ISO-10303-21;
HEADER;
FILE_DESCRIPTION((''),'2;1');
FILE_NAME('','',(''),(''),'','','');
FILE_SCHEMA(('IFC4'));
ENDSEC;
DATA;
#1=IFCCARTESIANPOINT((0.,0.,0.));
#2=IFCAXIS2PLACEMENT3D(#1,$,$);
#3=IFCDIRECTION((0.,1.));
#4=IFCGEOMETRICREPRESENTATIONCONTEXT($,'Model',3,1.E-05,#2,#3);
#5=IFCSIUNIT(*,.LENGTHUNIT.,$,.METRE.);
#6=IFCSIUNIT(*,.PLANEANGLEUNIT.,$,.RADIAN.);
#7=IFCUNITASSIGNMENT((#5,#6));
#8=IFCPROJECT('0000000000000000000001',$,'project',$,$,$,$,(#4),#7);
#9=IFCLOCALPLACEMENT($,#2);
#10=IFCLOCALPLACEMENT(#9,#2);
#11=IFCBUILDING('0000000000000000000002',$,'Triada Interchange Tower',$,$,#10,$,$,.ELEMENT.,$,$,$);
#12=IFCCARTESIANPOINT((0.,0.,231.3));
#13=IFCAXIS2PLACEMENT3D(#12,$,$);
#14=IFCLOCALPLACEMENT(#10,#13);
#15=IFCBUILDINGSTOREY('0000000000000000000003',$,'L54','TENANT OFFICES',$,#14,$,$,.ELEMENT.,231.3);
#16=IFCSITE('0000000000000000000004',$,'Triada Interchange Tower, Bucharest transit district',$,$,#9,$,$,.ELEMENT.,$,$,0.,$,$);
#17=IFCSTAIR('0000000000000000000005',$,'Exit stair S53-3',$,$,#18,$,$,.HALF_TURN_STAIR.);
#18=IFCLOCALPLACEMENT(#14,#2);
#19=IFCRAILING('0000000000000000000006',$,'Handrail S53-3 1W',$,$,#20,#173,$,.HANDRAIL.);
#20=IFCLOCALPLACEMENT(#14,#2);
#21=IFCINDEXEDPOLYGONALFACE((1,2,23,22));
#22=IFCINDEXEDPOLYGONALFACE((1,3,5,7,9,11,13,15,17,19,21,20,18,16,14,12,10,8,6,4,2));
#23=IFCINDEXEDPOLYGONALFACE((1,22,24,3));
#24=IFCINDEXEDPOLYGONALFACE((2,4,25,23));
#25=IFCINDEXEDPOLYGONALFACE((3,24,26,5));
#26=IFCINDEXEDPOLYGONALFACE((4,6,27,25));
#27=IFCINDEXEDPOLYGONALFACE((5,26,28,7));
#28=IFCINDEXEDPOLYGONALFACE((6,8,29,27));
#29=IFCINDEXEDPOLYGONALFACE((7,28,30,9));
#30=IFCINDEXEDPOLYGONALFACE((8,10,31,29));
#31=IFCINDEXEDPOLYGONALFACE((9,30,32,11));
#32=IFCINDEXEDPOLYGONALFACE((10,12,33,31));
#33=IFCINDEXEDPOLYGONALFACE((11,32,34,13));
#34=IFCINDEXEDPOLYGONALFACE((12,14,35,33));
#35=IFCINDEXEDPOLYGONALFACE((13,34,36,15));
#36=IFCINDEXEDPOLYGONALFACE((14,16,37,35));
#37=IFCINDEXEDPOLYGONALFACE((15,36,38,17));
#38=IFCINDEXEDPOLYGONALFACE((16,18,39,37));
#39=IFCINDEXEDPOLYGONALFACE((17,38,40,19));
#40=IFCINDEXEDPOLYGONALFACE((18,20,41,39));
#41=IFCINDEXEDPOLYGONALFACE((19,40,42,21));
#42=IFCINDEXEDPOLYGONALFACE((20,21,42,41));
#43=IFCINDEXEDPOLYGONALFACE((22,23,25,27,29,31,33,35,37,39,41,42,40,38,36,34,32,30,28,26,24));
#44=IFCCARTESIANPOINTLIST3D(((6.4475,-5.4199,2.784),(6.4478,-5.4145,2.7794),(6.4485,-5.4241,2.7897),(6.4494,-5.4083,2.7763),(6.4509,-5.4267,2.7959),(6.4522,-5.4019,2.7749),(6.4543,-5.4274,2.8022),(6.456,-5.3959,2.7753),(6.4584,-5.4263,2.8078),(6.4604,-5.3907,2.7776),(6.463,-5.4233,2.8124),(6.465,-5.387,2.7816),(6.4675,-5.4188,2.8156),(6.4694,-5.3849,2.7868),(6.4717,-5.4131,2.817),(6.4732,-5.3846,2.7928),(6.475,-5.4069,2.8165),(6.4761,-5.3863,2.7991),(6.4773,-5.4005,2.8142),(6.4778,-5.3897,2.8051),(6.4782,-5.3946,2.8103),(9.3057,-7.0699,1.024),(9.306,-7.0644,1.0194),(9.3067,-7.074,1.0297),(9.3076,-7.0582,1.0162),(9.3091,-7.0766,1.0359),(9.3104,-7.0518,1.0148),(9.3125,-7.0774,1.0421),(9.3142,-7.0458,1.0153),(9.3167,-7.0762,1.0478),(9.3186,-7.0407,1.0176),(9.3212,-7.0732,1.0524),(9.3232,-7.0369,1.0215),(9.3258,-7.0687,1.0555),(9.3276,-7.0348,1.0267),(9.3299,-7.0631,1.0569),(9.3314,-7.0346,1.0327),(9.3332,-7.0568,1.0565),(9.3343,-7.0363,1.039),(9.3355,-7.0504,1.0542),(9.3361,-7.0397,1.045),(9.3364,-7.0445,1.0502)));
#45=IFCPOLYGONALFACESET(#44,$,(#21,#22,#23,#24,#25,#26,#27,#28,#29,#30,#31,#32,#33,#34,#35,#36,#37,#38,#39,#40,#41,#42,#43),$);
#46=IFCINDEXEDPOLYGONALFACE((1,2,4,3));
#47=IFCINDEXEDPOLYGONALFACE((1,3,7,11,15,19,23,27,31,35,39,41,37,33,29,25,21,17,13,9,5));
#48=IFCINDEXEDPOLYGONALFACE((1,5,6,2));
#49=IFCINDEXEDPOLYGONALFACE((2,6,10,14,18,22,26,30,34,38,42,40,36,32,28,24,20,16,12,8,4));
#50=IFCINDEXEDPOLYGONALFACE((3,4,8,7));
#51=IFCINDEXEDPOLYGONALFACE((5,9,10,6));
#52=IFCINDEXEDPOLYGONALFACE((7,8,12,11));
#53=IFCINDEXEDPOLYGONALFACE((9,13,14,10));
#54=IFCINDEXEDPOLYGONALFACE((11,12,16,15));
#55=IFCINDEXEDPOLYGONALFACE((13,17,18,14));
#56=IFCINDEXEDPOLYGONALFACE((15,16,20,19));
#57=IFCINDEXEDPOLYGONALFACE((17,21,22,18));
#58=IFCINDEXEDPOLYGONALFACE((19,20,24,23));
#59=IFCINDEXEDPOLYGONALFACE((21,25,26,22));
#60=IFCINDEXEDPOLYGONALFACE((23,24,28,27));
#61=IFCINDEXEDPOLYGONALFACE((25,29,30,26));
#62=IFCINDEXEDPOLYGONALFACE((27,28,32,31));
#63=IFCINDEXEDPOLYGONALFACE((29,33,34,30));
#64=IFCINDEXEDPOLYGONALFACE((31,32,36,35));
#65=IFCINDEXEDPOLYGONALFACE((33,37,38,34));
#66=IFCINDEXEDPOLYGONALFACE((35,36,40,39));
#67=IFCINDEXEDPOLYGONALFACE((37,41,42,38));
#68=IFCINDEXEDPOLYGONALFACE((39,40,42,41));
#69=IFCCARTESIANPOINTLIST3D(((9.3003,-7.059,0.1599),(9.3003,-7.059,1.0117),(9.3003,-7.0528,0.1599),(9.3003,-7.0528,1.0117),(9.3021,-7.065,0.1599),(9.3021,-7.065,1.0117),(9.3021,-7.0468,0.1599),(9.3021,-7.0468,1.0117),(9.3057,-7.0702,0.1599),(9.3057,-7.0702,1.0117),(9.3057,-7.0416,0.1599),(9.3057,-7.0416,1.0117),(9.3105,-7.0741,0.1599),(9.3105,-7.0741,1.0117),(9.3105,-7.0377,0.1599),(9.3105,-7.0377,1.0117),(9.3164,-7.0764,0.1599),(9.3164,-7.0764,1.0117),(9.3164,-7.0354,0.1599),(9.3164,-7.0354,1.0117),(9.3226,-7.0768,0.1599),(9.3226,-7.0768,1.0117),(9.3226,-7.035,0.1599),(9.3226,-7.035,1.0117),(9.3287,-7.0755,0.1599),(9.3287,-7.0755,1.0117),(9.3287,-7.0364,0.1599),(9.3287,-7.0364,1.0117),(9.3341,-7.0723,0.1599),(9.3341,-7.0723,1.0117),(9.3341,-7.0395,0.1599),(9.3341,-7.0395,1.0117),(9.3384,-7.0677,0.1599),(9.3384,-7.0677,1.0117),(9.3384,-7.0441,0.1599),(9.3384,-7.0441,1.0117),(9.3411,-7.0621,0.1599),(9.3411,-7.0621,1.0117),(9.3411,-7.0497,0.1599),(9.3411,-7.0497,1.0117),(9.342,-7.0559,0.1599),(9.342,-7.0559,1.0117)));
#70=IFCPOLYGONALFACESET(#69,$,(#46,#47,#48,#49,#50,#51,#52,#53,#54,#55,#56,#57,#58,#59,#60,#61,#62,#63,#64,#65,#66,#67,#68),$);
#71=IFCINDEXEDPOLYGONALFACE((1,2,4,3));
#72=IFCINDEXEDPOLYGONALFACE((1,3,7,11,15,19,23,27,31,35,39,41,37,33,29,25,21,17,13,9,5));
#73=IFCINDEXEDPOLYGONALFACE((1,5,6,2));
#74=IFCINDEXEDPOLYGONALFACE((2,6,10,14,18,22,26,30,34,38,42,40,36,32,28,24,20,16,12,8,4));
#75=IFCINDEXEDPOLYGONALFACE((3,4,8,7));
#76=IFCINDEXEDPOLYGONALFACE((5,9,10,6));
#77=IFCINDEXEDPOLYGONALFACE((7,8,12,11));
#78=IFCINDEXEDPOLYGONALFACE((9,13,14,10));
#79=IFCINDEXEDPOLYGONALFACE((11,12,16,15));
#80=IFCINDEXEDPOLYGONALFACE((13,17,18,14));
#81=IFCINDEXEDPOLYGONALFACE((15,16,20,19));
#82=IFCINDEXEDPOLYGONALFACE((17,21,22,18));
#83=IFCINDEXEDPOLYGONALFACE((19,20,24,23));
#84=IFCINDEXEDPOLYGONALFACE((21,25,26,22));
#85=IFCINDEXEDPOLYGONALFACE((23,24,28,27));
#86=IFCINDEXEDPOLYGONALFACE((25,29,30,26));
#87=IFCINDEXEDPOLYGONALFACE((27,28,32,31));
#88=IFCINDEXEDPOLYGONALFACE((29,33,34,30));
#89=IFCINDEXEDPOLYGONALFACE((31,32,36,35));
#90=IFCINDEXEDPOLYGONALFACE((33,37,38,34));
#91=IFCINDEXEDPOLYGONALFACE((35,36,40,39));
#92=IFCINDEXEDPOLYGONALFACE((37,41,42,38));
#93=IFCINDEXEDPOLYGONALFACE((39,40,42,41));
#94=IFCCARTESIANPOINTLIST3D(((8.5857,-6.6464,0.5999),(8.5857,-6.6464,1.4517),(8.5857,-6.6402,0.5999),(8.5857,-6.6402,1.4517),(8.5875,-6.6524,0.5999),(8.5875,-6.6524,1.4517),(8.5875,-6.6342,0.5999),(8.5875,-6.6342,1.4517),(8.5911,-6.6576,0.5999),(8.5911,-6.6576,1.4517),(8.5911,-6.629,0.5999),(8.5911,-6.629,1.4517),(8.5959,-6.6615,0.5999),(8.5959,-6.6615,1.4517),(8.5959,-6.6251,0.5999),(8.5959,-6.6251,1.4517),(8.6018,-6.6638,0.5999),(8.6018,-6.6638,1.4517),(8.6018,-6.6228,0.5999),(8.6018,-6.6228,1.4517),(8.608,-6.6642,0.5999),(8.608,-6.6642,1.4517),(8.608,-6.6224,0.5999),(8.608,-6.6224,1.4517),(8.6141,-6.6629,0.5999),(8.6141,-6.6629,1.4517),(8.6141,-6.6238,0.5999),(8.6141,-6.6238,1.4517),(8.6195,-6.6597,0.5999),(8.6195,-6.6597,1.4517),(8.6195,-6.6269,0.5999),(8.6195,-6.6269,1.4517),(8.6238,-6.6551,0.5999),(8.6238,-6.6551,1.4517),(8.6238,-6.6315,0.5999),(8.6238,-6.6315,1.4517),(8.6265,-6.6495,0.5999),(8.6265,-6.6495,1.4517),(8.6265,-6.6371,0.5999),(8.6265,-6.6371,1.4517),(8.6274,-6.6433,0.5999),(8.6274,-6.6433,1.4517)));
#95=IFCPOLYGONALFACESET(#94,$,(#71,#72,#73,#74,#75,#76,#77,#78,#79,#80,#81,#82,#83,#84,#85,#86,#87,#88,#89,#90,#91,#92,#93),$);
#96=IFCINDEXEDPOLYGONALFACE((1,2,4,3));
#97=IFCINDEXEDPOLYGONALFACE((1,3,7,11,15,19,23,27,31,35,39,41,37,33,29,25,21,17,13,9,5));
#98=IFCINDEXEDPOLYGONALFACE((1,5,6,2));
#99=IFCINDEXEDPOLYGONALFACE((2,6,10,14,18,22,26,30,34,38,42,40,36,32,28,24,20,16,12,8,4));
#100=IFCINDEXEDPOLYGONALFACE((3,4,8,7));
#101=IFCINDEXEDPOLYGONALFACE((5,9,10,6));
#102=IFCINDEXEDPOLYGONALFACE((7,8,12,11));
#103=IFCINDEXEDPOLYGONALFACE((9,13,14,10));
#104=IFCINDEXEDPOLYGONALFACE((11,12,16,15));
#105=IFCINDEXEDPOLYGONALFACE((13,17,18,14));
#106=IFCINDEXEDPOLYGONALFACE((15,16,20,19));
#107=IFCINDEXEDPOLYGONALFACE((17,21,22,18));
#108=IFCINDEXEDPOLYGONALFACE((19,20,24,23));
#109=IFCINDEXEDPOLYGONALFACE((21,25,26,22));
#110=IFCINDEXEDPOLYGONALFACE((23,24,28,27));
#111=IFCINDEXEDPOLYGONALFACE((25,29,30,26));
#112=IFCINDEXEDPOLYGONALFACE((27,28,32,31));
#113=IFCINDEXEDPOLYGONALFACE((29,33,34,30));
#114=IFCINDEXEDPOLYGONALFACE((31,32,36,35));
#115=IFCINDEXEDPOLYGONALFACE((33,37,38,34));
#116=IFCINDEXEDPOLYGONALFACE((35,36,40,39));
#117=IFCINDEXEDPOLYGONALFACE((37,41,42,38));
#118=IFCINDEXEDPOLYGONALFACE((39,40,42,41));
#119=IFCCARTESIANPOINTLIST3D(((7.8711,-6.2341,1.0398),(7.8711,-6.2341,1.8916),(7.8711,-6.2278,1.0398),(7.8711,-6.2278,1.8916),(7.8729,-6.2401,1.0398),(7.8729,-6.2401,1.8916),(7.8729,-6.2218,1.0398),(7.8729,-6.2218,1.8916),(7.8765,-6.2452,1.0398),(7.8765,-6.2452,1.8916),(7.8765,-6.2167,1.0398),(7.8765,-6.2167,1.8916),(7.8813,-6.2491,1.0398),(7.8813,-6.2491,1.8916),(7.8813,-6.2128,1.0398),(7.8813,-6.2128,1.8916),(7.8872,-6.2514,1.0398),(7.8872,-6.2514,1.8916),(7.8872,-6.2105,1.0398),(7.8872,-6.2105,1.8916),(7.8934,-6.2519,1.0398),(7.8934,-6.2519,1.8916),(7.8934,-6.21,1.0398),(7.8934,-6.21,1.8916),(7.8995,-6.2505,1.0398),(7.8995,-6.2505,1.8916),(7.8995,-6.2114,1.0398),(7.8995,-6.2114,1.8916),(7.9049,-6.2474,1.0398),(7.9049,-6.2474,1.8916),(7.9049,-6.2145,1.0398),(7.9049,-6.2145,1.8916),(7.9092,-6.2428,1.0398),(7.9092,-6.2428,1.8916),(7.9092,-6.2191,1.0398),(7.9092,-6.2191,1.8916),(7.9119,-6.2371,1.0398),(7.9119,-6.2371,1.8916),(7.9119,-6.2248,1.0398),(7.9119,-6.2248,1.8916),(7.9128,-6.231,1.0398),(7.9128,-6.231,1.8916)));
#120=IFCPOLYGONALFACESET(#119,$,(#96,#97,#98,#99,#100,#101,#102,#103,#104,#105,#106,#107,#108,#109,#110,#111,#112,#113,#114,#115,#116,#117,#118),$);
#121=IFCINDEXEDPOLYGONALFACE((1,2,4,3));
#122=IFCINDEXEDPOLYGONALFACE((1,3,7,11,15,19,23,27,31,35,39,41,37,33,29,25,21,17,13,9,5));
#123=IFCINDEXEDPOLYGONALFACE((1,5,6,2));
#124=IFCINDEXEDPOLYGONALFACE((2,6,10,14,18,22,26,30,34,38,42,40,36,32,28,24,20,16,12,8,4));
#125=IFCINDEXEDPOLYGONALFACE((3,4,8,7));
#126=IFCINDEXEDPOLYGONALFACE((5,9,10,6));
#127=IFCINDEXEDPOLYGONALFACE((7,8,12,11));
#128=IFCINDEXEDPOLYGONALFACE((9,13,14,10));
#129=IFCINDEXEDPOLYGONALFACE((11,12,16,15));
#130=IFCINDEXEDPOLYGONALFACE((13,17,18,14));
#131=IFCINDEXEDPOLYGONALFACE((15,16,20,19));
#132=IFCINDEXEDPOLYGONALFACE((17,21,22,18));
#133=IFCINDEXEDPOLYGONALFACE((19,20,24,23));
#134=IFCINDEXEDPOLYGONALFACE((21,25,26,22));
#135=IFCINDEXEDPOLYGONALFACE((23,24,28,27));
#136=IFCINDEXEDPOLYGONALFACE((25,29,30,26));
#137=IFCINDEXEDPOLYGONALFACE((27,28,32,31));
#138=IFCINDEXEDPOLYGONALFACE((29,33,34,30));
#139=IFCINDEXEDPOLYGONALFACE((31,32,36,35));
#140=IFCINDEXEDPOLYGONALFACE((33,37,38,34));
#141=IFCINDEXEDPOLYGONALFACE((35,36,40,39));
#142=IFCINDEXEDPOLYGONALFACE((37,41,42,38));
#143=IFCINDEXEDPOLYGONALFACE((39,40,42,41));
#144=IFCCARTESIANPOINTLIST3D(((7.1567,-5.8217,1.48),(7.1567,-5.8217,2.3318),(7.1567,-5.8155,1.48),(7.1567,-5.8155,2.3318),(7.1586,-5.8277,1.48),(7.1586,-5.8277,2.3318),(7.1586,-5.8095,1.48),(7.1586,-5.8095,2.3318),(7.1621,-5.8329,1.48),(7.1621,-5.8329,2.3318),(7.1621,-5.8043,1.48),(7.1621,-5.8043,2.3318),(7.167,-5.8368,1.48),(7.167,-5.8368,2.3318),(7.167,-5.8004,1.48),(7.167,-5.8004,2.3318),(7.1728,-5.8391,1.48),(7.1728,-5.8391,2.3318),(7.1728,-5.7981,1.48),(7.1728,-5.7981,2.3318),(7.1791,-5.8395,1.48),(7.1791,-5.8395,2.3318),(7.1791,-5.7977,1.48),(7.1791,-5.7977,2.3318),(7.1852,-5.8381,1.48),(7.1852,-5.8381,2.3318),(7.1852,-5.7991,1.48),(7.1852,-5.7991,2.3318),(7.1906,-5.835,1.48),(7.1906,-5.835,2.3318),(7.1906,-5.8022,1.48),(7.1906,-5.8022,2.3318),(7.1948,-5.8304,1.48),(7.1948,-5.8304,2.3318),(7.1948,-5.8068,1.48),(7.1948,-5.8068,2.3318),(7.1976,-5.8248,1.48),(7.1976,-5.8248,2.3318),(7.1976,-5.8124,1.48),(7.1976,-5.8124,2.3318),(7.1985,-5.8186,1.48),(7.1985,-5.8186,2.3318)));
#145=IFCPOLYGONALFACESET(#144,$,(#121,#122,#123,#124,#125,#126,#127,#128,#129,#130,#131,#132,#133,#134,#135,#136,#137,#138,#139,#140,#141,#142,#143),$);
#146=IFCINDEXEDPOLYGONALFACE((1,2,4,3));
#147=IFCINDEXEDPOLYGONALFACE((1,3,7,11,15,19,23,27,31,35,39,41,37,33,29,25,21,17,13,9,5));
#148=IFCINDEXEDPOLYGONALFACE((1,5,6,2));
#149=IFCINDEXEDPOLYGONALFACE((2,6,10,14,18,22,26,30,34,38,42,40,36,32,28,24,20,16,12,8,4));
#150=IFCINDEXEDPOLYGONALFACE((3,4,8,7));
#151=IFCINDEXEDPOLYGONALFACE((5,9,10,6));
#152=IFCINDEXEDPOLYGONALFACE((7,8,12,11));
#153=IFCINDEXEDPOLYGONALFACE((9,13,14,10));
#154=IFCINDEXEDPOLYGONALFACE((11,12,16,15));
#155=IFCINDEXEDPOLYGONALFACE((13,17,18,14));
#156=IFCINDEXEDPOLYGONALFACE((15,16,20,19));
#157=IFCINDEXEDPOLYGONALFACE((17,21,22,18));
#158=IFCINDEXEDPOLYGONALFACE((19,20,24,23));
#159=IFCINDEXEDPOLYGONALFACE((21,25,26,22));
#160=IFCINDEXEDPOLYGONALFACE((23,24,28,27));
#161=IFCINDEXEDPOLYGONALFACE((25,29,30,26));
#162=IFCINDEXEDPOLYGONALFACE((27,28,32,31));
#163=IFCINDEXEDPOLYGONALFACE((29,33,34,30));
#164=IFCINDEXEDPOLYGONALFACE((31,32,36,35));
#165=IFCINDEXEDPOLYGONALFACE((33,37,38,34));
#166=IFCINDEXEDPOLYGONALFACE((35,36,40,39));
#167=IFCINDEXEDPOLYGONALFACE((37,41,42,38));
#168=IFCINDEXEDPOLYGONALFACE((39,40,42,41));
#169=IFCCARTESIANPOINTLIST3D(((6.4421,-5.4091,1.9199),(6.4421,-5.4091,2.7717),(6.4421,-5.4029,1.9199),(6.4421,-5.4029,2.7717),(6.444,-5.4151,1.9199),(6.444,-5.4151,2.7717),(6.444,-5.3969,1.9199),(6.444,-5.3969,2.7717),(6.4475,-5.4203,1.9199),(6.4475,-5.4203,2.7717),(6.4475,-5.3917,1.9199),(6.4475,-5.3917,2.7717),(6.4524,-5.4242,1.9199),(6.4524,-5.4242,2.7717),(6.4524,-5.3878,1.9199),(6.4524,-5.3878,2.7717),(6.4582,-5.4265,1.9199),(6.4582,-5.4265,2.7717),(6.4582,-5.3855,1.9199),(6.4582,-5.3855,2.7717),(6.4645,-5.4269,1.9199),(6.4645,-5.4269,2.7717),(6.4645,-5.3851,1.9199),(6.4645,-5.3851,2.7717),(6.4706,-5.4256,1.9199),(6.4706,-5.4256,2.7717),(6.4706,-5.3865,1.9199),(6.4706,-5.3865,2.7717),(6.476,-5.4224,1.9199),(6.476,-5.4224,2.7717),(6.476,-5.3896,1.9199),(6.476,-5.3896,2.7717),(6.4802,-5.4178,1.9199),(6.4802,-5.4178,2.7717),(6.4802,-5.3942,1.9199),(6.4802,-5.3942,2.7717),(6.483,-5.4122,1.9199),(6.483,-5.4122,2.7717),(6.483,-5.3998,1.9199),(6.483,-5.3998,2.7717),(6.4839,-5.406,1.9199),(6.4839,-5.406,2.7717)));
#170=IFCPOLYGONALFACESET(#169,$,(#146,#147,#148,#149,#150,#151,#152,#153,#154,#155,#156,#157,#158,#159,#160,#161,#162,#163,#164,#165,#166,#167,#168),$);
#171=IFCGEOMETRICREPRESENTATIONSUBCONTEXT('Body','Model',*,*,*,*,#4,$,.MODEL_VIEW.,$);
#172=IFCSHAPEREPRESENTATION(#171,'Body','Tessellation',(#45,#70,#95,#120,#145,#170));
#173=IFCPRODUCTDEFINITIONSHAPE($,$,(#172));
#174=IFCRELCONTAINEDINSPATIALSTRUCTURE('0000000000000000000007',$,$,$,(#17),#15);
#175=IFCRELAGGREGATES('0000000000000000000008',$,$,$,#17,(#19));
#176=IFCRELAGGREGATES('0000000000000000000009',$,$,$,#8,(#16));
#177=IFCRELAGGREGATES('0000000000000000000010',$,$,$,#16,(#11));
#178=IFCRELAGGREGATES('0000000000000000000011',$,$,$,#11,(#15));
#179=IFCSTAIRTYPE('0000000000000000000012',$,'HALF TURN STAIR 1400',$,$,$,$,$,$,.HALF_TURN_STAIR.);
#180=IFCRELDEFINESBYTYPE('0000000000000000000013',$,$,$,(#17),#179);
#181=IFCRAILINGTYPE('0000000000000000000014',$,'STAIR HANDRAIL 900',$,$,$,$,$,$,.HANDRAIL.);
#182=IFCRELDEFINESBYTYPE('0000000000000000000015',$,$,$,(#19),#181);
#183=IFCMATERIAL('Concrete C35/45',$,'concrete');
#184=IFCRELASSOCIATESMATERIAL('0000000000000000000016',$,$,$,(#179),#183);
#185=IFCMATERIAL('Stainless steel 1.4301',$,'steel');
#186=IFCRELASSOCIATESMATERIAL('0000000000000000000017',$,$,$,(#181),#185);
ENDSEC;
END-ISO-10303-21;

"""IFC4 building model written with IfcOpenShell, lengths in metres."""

from ifc_helpers import new_model, si_unit, direction, frame, origin, origin_2d, place, context, subcontext, project, spatial, circle, extrude, material, type_object, element, aggregate, save


model = new_model("IFC4")

# Units and contexts
model_context = context("Model", 3, precision=1e-05, world=origin(), true_north=direction((0.0, 1.0)))
body_context = subcontext(model_context, "Body", "Model", "MODEL_VIEW")
ifc_project = project(units=[si_unit("LENGTHUNIT", "METRE"), si_unit("PLANEANGLEUNIT", "RADIAN")], contexts=[model_context])

# Site, building, storey
site_placement = place(None, origin())
site = spatial("IfcSite", under=ifc_project, at=site_placement, Name="Triada Interchange Tower, Bucharest transit district", CompositionType="ELEMENT", RefElevation=0.0)
building_placement = place(site_placement, origin())
building = spatial("IfcBuilding", under=site, at=building_placement, Name="Triada Interchange Tower", CompositionType="ELEMENT")
storey_placement = place(building_placement, frame((0.0, 0.0, 231.3)))
storey = spatial("IfcBuildingStorey", under=building, at=storey_placement, Name="L54", Description="TENANT OFFICES", CompositionType="ELEMENT", Elevation=231.3)

# Stair, railing
ifc_material_1 = material(Name="Concrete C35/45", Category="concrete")
stair_type = type_object("IfcStairType", Name="HALF TURN STAIR 1400", PredefinedType="HALF_TURN_STAIR", material=ifc_material_1)
stair_placement = place(storey_placement, origin())
stair = element("IfcStair", 1, at=stair_placement, inside=storey, type_object=stair_type, Name="Exit stair S53-3", PredefinedType="HALF_TURN_STAIR")
ifc_material_2 = material(Name="Stainless steel 1.4301", Category="steel")
railing_type = type_object("IfcRailingType", Name="STAIR HANDRAIL 900", PredefinedType="HANDRAIL", material=ifc_material_2)
railing_1_placement = place(storey_placement, frame((9.321, -7.0559, 0.1599)))
railing_1 = element("IfcRailing", 2, at=railing_1_placement, type_object=railing_type, Name="Handrail S53-3 1W", PredefinedType="HANDRAIL", context=body_context, shape_type="SweptSolid", body=[
    extrude(circle(Radius=0.0239, at=origin_2d()), frame((0.0, 0.0, 0.876), z_axis=(-0.764178, 0.441131, 0.47057), x_axis=(-0.499942, -0.866059, 0.0)), (0.0, 0.0, 1.0), 3.7402),
    extrude(circle(Radius=0.021, at=origin_2d()), origin(), (0.0, 0.0, 1.0), 0.8518),
    extrude(circle(Radius=0.021, at=origin_2d()), frame((-0.7146, 0.4126, 0.4399)), (0.0, 0.0, 1.0), 0.8518),
    extrude(circle(Radius=0.021, at=origin_2d()), frame((-1.4292, 0.825, 0.8799)), (0.0, 0.0, 1.0), 0.8518),
    extrude(circle(Radius=0.021, at=origin_2d()), frame((-2.1436, 1.2373, 1.3201)), (0.0, 0.0, 1.0), 0.8518),
    extrude(circle(Radius=0.021, at=origin_2d()), frame((-2.8582, 1.6499, 1.76)), (0.0, 0.0, 1.0), 0.8518),
])
aggregate(stair, [railing_1])

save(model, "model.ifc")
